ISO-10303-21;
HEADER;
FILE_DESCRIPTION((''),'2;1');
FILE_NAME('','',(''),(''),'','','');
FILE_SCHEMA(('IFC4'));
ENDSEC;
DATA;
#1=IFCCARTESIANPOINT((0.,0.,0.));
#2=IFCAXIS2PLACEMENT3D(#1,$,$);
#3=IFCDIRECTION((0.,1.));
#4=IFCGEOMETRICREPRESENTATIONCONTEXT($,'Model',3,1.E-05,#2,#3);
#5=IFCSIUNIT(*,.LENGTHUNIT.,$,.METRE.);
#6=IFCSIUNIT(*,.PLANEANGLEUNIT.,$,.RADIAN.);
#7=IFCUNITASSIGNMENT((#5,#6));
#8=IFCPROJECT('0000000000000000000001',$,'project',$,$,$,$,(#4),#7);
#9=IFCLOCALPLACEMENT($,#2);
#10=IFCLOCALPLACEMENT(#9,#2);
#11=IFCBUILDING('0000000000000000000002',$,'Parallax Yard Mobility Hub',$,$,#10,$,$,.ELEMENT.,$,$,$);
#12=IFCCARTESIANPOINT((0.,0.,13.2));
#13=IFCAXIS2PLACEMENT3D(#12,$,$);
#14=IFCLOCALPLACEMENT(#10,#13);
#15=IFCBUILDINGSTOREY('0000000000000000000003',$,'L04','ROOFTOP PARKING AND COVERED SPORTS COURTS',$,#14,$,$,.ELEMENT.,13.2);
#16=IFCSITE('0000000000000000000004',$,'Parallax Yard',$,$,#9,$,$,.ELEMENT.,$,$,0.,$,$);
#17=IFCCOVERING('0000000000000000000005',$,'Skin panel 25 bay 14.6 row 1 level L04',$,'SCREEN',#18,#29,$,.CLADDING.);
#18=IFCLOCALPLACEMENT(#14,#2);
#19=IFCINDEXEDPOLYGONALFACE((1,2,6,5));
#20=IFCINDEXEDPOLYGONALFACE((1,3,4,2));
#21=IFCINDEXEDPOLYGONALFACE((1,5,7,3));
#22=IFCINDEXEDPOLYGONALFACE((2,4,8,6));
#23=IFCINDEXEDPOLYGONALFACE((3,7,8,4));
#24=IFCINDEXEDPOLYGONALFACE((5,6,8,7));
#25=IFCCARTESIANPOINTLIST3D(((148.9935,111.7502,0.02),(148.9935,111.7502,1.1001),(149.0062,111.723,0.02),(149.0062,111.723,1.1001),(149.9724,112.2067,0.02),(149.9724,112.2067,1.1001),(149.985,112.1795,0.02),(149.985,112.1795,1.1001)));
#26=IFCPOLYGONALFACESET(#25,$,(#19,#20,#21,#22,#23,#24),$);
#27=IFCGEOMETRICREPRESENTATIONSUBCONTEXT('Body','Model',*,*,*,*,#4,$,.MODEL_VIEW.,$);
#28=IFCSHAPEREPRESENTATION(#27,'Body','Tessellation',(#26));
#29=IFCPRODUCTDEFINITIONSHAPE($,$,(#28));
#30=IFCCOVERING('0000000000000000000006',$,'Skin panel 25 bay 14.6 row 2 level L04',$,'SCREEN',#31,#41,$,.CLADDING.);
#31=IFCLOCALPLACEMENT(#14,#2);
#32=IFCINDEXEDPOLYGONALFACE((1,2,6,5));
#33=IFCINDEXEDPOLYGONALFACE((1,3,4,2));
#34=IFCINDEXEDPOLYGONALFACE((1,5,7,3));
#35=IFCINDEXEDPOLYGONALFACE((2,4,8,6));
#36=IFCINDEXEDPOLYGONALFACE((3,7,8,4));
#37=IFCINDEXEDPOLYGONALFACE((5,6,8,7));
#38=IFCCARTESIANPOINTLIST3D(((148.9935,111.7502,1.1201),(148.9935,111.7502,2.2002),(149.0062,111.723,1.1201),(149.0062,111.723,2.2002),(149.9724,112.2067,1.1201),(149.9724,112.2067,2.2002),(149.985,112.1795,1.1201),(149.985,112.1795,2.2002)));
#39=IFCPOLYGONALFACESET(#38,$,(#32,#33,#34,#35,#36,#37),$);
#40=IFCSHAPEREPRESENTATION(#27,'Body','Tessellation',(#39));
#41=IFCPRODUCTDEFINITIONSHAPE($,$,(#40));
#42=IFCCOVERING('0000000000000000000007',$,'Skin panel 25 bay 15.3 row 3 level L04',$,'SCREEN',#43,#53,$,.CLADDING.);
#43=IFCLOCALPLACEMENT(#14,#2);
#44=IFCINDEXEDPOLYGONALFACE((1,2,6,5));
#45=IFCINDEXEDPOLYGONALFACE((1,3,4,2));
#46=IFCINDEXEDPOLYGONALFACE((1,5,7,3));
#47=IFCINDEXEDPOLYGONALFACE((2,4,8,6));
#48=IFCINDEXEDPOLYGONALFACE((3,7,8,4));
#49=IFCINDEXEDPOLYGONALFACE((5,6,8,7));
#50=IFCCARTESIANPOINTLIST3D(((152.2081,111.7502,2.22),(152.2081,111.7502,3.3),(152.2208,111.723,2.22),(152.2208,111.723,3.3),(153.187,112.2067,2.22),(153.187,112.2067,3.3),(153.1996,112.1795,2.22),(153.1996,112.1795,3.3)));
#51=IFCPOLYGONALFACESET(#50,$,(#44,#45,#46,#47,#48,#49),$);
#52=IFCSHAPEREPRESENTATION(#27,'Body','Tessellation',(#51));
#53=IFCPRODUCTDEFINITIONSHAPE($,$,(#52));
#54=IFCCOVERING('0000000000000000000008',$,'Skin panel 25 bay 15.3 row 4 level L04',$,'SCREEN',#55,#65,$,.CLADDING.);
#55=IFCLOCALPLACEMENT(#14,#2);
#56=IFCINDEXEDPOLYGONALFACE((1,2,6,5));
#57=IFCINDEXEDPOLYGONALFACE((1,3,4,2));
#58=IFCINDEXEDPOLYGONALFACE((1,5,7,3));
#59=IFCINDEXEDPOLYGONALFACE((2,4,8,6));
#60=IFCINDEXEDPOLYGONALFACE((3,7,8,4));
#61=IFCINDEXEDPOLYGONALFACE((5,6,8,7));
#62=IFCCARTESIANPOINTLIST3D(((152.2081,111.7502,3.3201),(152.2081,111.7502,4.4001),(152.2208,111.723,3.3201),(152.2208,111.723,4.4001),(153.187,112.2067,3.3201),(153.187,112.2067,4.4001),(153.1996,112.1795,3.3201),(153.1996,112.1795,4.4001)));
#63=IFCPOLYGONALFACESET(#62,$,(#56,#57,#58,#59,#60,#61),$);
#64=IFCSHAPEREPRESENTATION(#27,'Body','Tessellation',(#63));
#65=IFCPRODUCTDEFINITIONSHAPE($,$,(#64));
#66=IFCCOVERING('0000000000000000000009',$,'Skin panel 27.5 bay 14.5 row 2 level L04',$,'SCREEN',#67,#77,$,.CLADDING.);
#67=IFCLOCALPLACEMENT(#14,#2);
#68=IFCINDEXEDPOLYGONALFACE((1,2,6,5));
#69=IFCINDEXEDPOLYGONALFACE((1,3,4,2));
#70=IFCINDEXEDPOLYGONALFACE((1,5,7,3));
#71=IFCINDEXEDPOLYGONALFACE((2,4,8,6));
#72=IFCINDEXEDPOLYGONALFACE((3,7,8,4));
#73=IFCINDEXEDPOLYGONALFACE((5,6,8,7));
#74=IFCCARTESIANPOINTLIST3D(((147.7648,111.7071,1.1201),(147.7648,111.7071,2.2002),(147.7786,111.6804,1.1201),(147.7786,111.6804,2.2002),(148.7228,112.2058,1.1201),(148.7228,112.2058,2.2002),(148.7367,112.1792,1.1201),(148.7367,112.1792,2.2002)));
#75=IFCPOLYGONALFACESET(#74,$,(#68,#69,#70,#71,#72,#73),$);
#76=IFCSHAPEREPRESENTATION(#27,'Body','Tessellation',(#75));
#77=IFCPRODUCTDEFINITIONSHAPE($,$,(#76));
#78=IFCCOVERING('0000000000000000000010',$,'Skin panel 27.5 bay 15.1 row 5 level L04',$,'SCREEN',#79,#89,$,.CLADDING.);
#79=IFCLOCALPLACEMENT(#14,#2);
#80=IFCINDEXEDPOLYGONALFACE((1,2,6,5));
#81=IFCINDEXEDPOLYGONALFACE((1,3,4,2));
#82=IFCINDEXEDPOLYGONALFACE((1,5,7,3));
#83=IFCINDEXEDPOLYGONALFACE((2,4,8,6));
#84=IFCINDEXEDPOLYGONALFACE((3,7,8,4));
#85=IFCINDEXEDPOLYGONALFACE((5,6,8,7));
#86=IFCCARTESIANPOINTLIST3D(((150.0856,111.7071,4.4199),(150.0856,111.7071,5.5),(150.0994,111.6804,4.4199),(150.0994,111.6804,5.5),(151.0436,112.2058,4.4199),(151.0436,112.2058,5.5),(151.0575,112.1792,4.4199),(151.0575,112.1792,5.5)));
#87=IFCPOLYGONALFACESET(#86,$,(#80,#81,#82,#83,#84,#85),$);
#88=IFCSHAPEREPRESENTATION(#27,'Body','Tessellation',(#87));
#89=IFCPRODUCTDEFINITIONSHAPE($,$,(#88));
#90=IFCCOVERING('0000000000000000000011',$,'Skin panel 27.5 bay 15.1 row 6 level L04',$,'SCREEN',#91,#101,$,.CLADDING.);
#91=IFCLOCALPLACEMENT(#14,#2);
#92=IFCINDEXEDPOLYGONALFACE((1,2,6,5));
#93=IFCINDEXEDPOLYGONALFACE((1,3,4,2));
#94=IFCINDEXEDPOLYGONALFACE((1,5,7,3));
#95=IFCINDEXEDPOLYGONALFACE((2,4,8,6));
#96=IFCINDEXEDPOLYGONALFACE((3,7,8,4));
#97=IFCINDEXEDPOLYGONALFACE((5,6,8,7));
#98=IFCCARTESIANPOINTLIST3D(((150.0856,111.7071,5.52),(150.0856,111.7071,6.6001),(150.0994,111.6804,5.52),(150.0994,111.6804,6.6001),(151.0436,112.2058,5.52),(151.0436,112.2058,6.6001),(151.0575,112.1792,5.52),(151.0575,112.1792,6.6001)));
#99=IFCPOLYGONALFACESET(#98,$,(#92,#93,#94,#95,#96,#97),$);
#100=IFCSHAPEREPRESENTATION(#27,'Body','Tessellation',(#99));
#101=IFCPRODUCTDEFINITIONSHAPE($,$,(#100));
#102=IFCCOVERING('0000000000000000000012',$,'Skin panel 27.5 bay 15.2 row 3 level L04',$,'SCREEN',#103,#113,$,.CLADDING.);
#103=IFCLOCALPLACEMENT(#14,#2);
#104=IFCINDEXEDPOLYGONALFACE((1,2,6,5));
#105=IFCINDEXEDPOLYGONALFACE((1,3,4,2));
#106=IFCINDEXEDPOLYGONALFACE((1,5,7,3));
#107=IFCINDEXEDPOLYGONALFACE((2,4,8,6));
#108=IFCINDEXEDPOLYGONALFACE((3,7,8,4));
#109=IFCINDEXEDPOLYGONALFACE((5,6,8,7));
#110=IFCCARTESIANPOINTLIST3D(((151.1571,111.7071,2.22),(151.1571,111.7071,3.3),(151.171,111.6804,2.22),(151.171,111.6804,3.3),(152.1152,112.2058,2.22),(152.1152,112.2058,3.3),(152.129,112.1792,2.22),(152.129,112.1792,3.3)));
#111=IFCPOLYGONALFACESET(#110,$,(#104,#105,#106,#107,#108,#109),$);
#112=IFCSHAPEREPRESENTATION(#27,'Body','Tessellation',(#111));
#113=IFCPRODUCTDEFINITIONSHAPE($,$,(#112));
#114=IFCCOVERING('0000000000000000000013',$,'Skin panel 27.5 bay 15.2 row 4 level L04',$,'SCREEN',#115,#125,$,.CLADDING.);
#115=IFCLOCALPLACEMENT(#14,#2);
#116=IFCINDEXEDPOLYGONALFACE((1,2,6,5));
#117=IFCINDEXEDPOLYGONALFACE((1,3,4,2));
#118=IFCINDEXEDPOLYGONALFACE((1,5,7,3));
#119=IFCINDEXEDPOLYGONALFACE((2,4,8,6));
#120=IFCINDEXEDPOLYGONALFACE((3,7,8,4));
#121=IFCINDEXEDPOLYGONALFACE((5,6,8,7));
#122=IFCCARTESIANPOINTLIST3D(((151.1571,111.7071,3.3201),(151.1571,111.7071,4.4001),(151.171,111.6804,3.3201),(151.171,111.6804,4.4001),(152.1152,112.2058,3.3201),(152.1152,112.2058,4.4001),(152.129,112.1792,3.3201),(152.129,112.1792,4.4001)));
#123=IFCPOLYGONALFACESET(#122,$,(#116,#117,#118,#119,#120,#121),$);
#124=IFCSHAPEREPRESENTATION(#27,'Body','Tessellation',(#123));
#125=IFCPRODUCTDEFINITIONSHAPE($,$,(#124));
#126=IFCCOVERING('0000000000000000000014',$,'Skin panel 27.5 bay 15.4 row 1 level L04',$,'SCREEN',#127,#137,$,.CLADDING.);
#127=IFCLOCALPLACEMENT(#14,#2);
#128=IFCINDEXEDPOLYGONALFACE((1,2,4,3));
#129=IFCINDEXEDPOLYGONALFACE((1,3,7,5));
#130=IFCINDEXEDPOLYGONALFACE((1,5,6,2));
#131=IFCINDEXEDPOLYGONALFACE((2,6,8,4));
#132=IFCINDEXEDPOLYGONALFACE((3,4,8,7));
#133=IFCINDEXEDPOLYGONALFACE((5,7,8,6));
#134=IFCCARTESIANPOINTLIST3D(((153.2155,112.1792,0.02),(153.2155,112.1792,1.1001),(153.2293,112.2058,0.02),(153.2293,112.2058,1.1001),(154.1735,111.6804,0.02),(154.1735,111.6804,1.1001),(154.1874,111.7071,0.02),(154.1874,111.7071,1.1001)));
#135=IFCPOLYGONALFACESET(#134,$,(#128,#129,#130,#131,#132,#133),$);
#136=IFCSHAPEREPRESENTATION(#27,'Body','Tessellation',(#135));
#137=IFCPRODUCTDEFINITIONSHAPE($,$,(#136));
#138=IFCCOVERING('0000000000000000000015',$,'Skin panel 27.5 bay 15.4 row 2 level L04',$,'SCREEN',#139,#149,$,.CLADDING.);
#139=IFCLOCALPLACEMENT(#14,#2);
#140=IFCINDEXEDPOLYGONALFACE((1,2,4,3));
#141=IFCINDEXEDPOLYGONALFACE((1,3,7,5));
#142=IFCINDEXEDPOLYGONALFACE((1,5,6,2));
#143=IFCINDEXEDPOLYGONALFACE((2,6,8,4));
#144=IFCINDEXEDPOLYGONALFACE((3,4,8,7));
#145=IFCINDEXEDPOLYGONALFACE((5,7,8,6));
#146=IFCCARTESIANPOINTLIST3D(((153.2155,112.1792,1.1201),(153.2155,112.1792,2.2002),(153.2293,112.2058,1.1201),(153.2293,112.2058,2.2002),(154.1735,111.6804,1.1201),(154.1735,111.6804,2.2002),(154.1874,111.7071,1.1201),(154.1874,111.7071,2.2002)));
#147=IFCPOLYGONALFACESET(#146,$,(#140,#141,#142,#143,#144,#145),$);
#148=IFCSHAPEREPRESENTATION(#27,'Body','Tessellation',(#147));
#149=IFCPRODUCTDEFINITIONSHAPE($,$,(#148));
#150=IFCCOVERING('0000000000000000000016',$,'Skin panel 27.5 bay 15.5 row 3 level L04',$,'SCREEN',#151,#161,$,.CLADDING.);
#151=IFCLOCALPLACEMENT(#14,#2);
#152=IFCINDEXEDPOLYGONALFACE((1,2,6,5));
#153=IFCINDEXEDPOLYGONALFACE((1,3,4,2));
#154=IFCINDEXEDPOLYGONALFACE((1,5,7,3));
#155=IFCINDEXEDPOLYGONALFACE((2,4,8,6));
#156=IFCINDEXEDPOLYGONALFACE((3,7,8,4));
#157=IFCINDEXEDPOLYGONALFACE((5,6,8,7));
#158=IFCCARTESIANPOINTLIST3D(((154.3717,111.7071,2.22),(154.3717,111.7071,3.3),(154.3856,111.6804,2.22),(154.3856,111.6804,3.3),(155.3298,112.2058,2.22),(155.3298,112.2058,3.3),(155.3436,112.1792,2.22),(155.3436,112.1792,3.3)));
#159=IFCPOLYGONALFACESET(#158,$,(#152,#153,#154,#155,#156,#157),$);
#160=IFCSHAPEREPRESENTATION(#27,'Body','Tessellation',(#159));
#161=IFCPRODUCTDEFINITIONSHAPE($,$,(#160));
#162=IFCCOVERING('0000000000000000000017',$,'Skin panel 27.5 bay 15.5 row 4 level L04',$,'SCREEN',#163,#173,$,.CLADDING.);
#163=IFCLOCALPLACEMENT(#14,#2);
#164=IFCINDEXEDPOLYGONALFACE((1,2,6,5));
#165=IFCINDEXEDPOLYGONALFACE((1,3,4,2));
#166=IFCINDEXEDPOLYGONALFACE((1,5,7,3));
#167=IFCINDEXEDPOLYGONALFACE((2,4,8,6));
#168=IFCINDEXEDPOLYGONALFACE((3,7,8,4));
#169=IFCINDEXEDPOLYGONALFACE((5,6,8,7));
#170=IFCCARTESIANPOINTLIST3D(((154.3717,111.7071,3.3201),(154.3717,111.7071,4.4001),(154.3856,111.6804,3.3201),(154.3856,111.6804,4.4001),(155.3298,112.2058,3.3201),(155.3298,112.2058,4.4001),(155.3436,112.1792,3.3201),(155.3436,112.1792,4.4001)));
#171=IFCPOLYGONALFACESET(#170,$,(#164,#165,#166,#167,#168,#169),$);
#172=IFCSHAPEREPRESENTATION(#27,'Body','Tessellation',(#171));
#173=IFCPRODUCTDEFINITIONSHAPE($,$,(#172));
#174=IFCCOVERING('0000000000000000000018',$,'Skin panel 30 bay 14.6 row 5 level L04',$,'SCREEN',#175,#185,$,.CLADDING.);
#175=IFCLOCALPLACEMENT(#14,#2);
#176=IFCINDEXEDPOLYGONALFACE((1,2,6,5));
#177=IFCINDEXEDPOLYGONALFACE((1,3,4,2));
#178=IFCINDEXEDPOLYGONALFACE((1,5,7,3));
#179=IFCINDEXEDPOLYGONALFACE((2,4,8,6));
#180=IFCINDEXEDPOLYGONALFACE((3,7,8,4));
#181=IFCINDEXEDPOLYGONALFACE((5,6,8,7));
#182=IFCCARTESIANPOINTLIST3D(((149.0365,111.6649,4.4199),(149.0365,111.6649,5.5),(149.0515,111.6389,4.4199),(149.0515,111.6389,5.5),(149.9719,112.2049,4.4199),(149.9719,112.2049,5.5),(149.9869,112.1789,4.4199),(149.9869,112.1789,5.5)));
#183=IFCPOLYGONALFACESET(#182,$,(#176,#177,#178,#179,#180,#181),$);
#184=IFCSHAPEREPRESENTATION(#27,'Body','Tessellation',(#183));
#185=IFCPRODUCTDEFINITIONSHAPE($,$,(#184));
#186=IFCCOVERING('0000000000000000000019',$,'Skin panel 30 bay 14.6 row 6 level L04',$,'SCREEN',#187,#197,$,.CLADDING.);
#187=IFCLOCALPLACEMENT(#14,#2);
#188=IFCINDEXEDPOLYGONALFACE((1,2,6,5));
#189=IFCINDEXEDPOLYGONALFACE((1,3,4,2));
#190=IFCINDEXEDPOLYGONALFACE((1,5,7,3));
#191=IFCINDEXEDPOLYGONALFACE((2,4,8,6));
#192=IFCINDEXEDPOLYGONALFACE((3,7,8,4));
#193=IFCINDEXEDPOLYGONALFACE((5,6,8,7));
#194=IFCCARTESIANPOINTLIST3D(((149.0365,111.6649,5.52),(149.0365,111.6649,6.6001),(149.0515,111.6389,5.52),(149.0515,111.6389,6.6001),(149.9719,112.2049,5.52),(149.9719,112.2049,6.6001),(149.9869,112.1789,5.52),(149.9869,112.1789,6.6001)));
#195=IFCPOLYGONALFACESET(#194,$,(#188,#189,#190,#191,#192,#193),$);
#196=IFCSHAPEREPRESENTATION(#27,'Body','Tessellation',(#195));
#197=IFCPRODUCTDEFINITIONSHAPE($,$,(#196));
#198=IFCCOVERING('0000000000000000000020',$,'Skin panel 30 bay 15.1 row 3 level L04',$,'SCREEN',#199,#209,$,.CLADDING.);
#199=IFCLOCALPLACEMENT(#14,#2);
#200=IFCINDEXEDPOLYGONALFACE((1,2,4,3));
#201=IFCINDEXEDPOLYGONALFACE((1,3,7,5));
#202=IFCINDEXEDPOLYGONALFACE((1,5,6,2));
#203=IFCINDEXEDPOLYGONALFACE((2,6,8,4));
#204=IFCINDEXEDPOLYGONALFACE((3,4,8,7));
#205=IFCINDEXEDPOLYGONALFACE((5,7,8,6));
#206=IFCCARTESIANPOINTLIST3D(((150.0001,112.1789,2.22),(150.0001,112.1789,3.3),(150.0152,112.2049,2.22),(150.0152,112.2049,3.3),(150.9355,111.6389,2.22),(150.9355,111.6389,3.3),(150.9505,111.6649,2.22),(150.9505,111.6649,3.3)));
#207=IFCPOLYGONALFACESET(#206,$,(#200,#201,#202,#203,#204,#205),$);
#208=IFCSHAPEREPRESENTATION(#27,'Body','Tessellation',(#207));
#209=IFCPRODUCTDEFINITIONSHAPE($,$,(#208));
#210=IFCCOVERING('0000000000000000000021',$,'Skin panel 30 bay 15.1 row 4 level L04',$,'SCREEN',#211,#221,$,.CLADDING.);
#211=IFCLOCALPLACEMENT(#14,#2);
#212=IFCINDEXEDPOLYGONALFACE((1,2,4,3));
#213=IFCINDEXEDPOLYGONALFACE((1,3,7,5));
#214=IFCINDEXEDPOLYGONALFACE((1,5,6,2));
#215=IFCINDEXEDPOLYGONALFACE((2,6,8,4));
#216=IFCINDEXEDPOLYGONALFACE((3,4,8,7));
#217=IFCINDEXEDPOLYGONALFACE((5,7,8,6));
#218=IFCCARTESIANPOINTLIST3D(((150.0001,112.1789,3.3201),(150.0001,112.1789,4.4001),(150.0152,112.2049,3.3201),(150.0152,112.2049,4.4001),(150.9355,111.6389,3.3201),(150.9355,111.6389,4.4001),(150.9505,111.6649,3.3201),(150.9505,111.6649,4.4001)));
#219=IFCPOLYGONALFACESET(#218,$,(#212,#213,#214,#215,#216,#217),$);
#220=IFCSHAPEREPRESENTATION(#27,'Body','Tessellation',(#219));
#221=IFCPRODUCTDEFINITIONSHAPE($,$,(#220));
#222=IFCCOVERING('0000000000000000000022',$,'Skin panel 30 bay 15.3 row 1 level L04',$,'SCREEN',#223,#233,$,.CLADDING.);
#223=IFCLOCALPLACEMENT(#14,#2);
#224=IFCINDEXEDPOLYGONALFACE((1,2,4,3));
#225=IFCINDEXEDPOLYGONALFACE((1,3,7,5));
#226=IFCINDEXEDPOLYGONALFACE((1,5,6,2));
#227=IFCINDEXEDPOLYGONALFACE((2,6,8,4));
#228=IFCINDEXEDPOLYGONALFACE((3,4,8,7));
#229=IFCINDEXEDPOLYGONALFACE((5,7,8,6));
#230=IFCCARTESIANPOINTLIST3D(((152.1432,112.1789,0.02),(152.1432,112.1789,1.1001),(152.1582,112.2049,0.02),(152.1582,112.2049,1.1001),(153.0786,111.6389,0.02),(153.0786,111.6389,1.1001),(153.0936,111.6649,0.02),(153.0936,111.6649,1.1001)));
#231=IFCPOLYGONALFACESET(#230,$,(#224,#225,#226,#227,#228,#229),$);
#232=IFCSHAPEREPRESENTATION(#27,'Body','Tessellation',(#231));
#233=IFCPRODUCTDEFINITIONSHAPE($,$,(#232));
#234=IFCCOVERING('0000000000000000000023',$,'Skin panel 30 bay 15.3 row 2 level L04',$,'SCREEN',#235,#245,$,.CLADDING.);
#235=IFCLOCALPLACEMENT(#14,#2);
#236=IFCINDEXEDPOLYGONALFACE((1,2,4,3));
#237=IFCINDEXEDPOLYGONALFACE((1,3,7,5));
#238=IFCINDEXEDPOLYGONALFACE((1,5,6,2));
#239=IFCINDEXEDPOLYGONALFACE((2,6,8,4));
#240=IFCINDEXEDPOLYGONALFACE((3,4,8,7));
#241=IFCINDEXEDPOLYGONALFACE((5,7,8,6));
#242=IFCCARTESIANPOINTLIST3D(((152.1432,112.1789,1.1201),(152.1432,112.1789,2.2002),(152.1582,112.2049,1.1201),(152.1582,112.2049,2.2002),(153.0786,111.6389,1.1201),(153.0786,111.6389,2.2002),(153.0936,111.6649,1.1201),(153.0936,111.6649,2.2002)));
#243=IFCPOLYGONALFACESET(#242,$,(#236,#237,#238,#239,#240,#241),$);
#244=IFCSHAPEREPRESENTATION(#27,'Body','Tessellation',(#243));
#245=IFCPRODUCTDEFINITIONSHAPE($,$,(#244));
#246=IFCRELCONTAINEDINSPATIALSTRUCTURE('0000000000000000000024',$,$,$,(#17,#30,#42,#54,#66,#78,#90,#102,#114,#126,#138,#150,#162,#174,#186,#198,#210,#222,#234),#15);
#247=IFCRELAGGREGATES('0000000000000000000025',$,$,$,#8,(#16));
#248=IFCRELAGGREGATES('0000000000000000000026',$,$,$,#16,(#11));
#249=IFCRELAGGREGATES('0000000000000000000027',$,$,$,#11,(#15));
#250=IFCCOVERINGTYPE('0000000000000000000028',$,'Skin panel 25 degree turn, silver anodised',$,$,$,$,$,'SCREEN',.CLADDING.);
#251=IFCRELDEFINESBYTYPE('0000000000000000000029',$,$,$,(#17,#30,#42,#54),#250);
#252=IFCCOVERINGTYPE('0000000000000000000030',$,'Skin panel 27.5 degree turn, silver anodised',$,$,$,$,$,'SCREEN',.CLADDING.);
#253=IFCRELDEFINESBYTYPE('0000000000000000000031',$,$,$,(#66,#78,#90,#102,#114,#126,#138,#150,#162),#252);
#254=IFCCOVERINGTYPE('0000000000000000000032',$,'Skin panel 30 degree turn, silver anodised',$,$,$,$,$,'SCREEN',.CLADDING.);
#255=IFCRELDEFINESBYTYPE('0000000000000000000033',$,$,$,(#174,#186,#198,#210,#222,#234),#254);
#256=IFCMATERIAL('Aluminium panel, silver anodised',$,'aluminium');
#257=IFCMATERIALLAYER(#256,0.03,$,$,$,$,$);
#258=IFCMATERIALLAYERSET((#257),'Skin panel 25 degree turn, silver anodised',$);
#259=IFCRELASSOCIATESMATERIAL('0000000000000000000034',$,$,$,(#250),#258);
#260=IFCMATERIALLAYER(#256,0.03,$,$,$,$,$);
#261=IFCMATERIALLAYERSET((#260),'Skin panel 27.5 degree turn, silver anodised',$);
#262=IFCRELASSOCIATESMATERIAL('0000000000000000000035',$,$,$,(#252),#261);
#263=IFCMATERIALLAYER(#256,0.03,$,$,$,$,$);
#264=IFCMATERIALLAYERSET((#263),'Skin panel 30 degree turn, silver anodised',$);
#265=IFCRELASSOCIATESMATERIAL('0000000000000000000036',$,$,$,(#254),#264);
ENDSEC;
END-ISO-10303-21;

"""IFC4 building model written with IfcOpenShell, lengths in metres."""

from ifc_helpers import new_model, si_unit, direction, frame, origin, origin_2d, place, context, subcontext, project, spatial, rectangle, extrude, material, layer, layer_set, type_object, element, save


model = new_model("IFC4")

# Units and contexts
model_context = context("Model", 3, precision=1e-05, world=origin(), true_north=direction((0.0, 1.0)))
body_context = subcontext(model_context, "Body", "Model", "MODEL_VIEW")
ifc_project = project(units=[si_unit("LENGTHUNIT", "METRE"), si_unit("PLANEANGLEUNIT", "RADIAN")], contexts=[model_context])

# Site, building, storey
site_placement = place(None, origin())
site = spatial("IfcSite", under=ifc_project, at=site_placement, Name="Parallax Yard", CompositionType="ELEMENT", RefElevation=0.0)
building_placement = place(site_placement, origin())
building = spatial("IfcBuilding", under=site, at=building_placement, Name="Parallax Yard Mobility Hub", CompositionType="ELEMENT")
storey_placement = place(building_placement, frame((0.0, 0.0, 13.2)))
storey = spatial("IfcBuildingStorey", under=building, at=storey_placement, Name="L04", Description="ROOFTOP PARKING AND COVERED SPORTS COURTS", CompositionType="ELEMENT", Elevation=13.2)

# Coverings
ifc_material = material(Name="Aluminium panel, silver anodised", Category="aluminium")
ifc_layer_1 = layer(ifc_material, 0.03)
ifc_layer_set_1 = layer_set([ifc_layer_1], Name="Skin panel 25 degree turn, silver anodised")
covering_type_1 = type_object("IfcCoveringType", Name="Skin panel 25 degree turn, silver anodised", ElementType="SCREEN", PredefinedType="CLADDING", material=ifc_layer_set_1)
for number, where, z_axis, x_axis, name in (
    (1, (149.4893, 111.9648, 0.02), (0.0, 0.0, 1.0), (-0.906308, -0.422618, 0.0), "Skin panel 25 bay 14.6 row 1 level L04"),
    (2, (149.4893, 111.9648, 1.1201), (0.0, 0.0, 1.0), (-0.906308, -0.422618, 0.0), "Skin panel 25 bay 14.6 row 2 level L04"),
    (3, (152.7039, 111.9648, 2.22), (0.0, 0.0, 1.0), (-0.906308, -0.422618, 0.0), "Skin panel 25 bay 15.3 row 3 level L04"),
    (4, (152.7039, 111.9648, 3.3201), (0.0, 0.0, 1.0), (-0.906308, -0.422618, 0.0), "Skin panel 25 bay 15.3 row 4 level L04"),
):
    element("IfcCovering", number, at=place(storey_placement, frame(where, z_axis=z_axis, x_axis=x_axis)), inside=storey, type_object=covering_type_1, Name=name, ObjectType="SCREEN", PredefinedType="CLADDING", context=body_context, shape_type="SweptSolid", body=[
        extrude(rectangle(XDim=1.0801, YDim=0.03, at=origin_2d()), origin(), (0.0, 0.0, 1.0), 1.0801),
    ])
ifc_layer_2 = layer(ifc_material, 0.03)
ifc_layer_set_2 = layer_set([ifc_layer_2], Name="Skin panel 27.5 degree turn, silver anodised")
covering_type_2 = type_object("IfcCoveringType", Name="Skin panel 27.5 degree turn, silver anodised", ElementType="SCREEN", PredefinedType="CLADDING", material=ifc_layer_set_2)
for number, where, z_axis, x_axis, name in (
    (5, (148.2507, 111.9431, 1.1201), (0.0, 0.0, 1.0), (-0.887011, -0.461749, 0.0), "Skin panel 27.5 bay 14.5 row 2 level L04"),
    (6, (150.5715, 111.9431, 4.4199), (0.0, 0.0, 1.0), (-0.887011, -0.461749, 0.0), "Skin panel 27.5 bay 15.1 row 5 level L04"),
    (7, (150.5715, 111.9431, 5.52), (0.0, 0.0, 1.0), (-0.887011, -0.461749, 0.0), "Skin panel 27.5 bay 15.1 row 6 level L04"),
    (8, (151.6431, 111.9431, 2.22), (0.0, 0.0, 1.0), (-0.887011, -0.461749, 0.0), "Skin panel 27.5 bay 15.2 row 3 level L04"),
    (9, (151.6431, 111.9431, 3.3201), (0.0, 0.0, 1.0), (-0.887011, -0.461749, 0.0), "Skin panel 27.5 bay 15.2 row 4 level L04"),
    (10, (153.7014, 111.9431, 0.02), (0.0, 0.0, 1.0), (0.887011, -0.461749, 0.0), "Skin panel 27.5 bay 15.4 row 1 level L04"),
    (11, (153.7014, 111.9431, 1.1201), (0.0, 0.0, 1.0), (0.887011, -0.461749, 0.0), "Skin panel 27.5 bay 15.4 row 2 level L04"),
    (12, (154.8577, 111.9431, 2.22), (0.0, 0.0, 1.0), (-0.887011, -0.461749, 0.0), "Skin panel 27.5 bay 15.5 row 3 level L04"),
    (13, (154.8577, 111.9431, 3.3201), (0.0, 0.0, 1.0), (-0.887011, -0.461749, 0.0), "Skin panel 27.5 bay 15.5 row 4 level L04"),
):
    element("IfcCovering", number, at=place(storey_placement, frame(where, z_axis=z_axis, x_axis=x_axis)), inside=storey, type_object=covering_type_2, Name=name, ObjectType="SCREEN", PredefinedType="CLADDING", context=body_context, shape_type="SweptSolid", body=[
        extrude(rectangle(XDim=1.0801, YDim=0.03, at=origin_2d()), origin(), (0.0, 0.0, 1.0), 1.0801),
    ])
ifc_layer_3 = layer(ifc_material, 0.03)
ifc_layer_set_3 = layer_set([ifc_layer_3], Name="Skin panel 30 degree turn, silver anodised")
covering_type_3 = type_object("IfcCoveringType", Name="Skin panel 30 degree turn, silver anodised", ElementType="SCREEN", PredefinedType="CLADDING", material=ifc_layer_set_3)
for number, where, z_axis, x_axis, name in (
    (14, (149.5117, 111.9219, 4.4199), (0.0, 0.0, 1.0), (-0.866025, -0.5, 0.0), "Skin panel 30 bay 14.6 row 5 level L04"),
    (15, (149.5117, 111.9219, 5.52), (0.0, 0.0, 1.0), (-0.866025, -0.5, 0.0), "Skin panel 30 bay 14.6 row 6 level L04"),
    (16, (150.4753, 111.9219, 2.22), (0.0, 0.0, 1.0), (0.866025, -0.5, 0.0), "Skin panel 30 bay 15.1 row 3 level L04"),
    (17, (150.4753, 111.9219, 3.3201), (0.0, 0.0, 1.0), (0.866025, -0.5, 0.0), "Skin panel 30 bay 15.1 row 4 level L04"),
    (18, (152.6184, 111.9219, 0.02), (0.0, 0.0, 1.0), (0.866025, -0.5, 0.0), "Skin panel 30 bay 15.3 row 1 level L04"),
    (19, (152.6184, 111.9219, 1.1201), (0.0, 0.0, 1.0), (0.866025, -0.5, 0.0), "Skin panel 30 bay 15.3 row 2 level L04"),
):
    element("IfcCovering", number, at=place(storey_placement, frame(where, z_axis=z_axis, x_axis=x_axis)), inside=storey, type_object=covering_type_3, Name=name, ObjectType="SCREEN", PredefinedType="CLADDING", context=body_context, shape_type="SweptSolid", body=[
        extrude(rectangle(XDim=1.0801, YDim=0.03, at=origin_2d()), origin(), (0.0, 0.0, 1.0), 1.0801),
    ])

save(model, "model.ifc")
